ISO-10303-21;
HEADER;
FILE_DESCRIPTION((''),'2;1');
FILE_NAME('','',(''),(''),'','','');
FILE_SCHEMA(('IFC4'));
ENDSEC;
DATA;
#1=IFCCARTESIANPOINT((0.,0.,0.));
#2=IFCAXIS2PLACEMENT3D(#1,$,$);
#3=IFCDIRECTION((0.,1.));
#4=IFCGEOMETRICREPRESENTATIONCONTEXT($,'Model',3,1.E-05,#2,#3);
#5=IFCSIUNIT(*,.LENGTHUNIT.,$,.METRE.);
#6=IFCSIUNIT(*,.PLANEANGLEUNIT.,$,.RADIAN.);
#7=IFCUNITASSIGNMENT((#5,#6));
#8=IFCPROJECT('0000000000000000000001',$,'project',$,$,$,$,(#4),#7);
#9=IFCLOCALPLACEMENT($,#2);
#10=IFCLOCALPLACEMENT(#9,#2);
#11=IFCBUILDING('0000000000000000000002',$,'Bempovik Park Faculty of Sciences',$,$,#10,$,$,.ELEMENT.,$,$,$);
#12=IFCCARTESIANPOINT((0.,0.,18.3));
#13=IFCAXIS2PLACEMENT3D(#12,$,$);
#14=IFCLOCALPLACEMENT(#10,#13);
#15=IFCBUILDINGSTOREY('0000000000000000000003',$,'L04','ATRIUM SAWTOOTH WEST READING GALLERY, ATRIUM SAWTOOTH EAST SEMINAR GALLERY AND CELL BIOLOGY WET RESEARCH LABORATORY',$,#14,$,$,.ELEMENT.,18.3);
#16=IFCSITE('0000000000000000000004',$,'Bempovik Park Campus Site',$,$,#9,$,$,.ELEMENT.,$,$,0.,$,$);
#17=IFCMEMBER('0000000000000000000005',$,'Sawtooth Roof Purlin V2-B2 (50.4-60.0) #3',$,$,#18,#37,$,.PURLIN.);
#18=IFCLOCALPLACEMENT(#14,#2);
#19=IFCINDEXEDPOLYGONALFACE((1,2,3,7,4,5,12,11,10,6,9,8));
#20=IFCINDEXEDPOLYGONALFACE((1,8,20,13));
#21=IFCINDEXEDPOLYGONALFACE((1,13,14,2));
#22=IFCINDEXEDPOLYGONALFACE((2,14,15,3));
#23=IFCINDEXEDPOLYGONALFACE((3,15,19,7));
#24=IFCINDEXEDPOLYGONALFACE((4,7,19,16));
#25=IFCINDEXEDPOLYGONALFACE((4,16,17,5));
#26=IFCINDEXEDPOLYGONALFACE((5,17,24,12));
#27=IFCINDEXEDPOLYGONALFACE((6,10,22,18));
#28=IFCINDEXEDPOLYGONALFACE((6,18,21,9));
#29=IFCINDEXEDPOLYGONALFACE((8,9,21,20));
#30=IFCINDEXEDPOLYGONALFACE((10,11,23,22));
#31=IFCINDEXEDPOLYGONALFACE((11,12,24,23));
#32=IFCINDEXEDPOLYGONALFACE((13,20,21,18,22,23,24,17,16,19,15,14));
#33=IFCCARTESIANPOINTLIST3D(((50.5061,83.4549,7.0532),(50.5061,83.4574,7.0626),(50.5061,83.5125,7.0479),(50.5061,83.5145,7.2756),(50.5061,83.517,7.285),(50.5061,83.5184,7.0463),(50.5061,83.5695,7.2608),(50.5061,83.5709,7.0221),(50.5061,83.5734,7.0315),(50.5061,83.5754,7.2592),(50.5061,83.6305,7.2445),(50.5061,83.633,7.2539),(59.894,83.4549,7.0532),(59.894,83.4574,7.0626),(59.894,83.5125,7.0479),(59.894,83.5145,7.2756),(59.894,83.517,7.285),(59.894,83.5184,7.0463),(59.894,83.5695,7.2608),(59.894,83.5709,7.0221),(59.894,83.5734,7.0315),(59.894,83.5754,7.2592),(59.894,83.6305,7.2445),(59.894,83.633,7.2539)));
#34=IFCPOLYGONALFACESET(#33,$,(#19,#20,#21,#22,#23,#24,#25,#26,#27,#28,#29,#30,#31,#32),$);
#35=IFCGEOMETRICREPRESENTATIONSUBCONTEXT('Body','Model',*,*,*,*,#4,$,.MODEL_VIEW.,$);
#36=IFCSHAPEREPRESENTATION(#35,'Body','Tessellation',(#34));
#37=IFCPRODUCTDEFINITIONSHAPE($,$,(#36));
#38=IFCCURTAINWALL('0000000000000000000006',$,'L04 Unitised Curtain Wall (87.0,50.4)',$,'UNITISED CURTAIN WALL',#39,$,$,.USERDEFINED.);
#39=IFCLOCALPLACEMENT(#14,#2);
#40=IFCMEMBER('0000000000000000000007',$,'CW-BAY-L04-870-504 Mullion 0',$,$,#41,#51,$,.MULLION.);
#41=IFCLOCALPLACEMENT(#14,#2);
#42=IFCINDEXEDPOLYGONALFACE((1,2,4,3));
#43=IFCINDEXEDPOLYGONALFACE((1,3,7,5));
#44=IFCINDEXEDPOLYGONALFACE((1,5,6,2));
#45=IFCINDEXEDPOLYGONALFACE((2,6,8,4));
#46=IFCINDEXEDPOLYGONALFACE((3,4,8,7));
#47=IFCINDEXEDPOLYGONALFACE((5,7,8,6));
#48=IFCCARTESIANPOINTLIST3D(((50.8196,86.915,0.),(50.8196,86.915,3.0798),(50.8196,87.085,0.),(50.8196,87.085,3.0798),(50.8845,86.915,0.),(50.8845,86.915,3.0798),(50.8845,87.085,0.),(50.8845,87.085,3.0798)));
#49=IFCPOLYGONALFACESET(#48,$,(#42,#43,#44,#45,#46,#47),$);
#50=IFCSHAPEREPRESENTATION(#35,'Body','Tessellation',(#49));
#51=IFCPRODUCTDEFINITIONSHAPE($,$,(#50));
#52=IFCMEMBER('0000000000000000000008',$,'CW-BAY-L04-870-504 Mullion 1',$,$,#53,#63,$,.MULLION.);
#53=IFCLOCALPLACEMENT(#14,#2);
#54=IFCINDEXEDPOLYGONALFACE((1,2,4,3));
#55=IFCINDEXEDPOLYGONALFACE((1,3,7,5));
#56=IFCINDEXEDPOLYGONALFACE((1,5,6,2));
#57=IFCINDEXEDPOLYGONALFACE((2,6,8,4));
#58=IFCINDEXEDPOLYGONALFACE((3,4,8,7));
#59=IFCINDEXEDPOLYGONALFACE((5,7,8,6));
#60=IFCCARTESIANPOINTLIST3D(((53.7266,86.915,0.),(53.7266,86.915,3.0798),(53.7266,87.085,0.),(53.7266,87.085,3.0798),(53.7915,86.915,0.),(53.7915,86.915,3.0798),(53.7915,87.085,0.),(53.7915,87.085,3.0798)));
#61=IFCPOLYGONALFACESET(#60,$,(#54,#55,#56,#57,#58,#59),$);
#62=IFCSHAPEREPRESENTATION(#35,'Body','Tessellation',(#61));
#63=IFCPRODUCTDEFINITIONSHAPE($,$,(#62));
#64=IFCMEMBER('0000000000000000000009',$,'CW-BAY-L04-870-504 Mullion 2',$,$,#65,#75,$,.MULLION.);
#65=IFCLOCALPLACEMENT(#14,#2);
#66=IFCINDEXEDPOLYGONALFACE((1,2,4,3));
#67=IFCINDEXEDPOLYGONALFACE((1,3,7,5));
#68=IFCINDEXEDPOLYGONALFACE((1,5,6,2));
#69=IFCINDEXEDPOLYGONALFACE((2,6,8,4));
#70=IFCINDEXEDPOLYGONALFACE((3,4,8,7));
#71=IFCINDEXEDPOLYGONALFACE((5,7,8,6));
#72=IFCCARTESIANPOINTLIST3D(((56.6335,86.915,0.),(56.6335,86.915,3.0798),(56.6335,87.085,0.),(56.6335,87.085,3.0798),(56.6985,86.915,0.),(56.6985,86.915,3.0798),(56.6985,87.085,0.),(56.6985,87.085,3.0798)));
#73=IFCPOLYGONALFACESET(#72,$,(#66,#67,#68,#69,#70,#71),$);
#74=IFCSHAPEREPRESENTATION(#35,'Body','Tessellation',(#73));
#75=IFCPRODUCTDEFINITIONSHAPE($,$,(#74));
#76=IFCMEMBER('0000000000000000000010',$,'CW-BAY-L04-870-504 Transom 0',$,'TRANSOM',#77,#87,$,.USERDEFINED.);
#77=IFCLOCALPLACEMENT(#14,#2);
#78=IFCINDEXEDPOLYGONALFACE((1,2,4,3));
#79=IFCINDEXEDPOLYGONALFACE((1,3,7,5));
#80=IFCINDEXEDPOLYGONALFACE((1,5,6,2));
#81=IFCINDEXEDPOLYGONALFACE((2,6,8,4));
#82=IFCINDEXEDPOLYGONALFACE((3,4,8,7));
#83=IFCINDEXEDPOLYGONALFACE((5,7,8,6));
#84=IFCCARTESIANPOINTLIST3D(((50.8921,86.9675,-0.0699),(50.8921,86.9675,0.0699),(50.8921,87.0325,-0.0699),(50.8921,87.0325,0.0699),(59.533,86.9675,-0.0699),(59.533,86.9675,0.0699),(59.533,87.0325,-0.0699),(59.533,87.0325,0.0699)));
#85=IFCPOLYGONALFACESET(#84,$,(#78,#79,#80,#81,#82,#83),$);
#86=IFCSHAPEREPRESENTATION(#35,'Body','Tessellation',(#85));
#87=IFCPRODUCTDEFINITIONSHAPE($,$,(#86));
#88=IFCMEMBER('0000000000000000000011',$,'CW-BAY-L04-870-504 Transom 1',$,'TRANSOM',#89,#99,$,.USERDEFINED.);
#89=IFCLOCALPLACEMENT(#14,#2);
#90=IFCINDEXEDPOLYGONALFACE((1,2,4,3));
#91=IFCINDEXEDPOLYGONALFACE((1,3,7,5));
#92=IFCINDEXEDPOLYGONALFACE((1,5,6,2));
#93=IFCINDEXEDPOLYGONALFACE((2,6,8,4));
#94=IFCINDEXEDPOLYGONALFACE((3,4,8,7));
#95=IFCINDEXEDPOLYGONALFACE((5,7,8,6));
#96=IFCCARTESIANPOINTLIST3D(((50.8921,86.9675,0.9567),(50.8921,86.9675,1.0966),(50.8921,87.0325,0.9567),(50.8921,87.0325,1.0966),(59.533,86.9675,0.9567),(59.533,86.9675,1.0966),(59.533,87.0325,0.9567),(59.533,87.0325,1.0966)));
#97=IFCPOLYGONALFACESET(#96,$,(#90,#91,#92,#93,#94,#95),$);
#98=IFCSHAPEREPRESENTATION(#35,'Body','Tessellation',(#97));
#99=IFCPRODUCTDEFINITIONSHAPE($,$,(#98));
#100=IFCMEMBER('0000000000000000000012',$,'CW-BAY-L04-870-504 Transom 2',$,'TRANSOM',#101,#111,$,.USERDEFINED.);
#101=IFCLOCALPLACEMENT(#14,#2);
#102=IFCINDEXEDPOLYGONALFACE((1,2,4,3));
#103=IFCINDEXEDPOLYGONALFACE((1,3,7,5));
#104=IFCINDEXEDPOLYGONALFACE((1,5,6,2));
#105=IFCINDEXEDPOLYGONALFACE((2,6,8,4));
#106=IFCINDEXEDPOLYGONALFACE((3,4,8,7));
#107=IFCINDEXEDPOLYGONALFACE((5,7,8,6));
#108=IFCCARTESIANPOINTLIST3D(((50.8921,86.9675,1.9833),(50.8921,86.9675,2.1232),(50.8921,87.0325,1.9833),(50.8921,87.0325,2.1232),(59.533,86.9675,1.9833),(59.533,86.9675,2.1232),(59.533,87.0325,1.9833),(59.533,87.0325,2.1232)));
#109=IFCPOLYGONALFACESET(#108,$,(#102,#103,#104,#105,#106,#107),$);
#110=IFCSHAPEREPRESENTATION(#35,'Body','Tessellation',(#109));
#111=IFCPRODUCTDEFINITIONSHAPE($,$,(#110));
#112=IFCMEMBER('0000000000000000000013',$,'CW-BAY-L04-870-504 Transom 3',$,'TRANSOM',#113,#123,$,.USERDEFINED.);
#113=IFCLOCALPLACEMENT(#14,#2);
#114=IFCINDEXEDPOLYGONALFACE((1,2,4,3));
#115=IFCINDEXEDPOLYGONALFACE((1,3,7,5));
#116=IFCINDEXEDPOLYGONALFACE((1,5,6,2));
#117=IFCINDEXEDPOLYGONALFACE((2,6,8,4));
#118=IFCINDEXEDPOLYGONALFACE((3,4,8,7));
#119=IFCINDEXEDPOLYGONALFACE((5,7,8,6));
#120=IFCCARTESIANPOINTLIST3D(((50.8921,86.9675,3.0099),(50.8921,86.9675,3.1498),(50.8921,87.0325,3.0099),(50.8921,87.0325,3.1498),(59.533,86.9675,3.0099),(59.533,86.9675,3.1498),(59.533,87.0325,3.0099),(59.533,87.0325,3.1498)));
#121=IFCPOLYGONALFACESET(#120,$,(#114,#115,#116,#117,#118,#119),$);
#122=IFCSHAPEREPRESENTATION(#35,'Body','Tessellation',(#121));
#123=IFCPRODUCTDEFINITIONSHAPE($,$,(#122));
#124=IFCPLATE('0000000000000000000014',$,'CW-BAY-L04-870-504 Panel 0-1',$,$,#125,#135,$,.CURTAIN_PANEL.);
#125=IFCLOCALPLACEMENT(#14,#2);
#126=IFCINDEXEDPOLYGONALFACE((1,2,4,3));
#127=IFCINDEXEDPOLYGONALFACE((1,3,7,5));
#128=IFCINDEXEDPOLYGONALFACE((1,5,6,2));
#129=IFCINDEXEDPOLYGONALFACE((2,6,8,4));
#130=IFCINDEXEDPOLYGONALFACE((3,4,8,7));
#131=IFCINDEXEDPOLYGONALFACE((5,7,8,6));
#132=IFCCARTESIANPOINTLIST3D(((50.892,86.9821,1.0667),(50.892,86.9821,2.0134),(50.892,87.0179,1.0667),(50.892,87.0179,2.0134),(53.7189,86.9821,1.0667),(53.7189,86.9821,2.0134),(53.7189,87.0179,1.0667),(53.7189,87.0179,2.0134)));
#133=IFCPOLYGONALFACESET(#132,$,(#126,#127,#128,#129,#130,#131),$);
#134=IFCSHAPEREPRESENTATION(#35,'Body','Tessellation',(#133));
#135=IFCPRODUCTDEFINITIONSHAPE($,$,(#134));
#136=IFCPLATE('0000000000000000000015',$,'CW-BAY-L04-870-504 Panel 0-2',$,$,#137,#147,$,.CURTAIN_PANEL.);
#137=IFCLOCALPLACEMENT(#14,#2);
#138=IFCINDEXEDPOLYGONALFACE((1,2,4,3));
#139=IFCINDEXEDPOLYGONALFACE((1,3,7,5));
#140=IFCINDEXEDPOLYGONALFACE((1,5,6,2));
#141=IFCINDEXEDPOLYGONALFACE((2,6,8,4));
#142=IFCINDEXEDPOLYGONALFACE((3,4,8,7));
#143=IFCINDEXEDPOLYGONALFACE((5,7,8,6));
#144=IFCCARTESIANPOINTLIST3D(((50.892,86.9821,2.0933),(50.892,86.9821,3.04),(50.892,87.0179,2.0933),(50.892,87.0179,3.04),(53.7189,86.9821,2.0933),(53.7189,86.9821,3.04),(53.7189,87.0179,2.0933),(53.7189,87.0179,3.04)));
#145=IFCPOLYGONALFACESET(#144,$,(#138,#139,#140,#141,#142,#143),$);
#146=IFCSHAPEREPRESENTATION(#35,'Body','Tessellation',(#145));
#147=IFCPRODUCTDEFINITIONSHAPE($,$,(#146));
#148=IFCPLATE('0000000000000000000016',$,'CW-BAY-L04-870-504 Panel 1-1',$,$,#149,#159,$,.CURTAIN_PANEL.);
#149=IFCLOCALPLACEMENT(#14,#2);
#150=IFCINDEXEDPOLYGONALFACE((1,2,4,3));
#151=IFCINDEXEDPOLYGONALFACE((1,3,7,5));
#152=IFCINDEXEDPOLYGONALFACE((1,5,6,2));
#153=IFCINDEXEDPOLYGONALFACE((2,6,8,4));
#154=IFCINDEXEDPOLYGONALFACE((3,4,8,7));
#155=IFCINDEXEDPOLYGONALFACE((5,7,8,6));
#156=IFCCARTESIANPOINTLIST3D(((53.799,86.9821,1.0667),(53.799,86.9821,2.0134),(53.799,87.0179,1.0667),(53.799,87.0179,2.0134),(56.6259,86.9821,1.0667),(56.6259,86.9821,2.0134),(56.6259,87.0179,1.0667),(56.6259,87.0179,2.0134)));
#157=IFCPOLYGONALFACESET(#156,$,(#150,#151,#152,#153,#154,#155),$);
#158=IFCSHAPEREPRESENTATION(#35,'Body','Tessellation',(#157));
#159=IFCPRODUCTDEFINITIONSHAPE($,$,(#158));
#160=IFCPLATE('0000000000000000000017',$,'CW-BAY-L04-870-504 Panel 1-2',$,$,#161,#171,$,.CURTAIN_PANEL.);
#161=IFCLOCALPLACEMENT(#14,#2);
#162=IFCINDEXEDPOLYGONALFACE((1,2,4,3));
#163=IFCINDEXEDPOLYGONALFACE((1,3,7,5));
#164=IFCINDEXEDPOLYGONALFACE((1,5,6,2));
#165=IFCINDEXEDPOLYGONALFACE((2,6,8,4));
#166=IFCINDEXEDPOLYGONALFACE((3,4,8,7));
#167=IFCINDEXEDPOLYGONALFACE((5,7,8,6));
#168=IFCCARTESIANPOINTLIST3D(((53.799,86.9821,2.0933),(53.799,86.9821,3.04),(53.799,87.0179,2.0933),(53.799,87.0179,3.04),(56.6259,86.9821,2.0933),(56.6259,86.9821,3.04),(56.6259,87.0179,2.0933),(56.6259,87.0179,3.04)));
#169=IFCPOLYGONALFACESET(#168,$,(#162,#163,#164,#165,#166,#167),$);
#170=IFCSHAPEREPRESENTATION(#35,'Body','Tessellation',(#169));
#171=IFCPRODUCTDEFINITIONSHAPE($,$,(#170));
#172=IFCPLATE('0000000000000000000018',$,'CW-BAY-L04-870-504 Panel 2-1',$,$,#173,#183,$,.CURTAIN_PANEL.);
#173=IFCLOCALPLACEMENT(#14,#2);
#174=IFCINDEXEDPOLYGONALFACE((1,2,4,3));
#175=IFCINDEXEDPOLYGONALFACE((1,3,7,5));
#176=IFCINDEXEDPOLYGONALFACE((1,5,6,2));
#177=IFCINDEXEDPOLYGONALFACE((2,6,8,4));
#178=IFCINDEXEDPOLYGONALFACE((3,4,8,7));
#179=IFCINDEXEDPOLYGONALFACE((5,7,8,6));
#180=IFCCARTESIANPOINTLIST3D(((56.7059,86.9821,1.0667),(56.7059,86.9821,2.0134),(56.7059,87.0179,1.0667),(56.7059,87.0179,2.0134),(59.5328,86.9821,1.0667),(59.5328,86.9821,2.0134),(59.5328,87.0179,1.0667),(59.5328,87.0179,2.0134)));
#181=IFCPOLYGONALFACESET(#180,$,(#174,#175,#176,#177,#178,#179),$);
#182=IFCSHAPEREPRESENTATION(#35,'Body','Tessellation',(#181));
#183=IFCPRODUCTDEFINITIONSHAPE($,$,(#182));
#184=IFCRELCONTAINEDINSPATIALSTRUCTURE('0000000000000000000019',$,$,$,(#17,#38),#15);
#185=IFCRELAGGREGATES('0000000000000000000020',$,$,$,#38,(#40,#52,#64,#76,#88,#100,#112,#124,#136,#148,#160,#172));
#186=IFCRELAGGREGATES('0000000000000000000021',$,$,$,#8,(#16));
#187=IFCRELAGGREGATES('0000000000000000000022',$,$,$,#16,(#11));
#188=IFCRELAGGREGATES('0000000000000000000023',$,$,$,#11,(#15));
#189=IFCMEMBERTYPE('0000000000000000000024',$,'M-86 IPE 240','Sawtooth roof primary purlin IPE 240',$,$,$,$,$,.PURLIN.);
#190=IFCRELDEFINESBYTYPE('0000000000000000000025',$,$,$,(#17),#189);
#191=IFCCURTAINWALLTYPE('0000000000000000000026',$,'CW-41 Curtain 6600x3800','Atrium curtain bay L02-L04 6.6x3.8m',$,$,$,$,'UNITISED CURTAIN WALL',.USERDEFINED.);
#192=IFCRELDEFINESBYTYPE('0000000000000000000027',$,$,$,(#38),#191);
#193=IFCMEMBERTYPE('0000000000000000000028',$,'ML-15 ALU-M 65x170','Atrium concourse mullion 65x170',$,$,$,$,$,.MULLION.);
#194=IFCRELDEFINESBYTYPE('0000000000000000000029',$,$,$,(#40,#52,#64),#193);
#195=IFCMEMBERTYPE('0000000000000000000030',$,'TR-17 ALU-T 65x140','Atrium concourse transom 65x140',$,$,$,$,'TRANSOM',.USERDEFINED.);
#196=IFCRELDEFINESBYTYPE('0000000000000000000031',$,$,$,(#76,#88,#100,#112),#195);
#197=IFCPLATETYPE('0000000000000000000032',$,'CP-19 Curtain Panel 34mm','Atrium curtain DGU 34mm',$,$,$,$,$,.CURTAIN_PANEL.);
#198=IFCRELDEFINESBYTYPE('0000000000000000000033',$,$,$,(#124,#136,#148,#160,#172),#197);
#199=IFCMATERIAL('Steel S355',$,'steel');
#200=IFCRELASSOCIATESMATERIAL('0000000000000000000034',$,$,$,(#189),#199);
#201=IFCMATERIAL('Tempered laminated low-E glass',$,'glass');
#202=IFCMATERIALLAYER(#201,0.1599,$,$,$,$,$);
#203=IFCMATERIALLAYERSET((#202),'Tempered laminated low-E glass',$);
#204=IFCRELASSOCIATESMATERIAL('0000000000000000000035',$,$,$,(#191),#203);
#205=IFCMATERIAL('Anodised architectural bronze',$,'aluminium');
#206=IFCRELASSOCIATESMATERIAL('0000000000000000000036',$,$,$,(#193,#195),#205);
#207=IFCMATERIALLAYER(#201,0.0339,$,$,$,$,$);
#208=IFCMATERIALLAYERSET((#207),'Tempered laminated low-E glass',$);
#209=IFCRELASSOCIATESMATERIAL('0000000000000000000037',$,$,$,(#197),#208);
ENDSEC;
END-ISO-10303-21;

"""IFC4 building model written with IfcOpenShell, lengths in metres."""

from ifc_helpers import new_model, si_unit, direction, frame, origin, origin_2d, place, context, subcontext, project, spatial, rectangle, i_section, extrude, material, layer, layer_set, material_profile, profile_set, type_object, element, aggregate, save


model = new_model("IFC4")

# Units and contexts
model_context = context("Model", 3, precision=1e-05, world=origin(), true_north=direction((0.0, 1.0)))
body_context = subcontext(model_context, "Body", "Model", "MODEL_VIEW")
ifc_project = project(units=[si_unit("LENGTHUNIT", "METRE"), si_unit("PLANEANGLEUNIT", "RADIAN")], contexts=[model_context])

# Site, building, storey
site_placement = place(None, origin())
site = spatial("IfcSite", under=ifc_project, at=site_placement, Name="Bempovik Park Campus Site", CompositionType="ELEMENT", RefElevation=0.0)
building_placement = place(site_placement, origin())
building = spatial("IfcBuilding", under=site, at=building_placement, Name="Bempovik Park Faculty of Sciences", CompositionType="ELEMENT")
storey_placement = place(building_placement, frame((0.0, 0.0, 18.3)))
storey = spatial("IfcBuildingStorey", under=building, at=storey_placement, Name="L04", Description="ATRIUM SAWTOOTH WEST READING GALLERY, ATRIUM SAWTOOTH EAST SEMINAR GALLERY AND CELL BIOLOGY WET RESEARCH LABORATORY", CompositionType="ELEMENT", Elevation=18.3)

# Shared definitions
ifc_material_1 = material(Name="Steel S355", Category="steel")

# Member
ifc_material_profile_1 = material_profile(ifc_material_1, i_section(OverallWidth=0.1201, OverallDepth=0.24, WebThickness=0.0061, FlangeThickness=0.0098, at=origin_2d()), Name="IPE 240")
ifc_profile_set_1 = profile_set([ifc_material_profile_1], Name="Steel S355")
member_type_1 = type_object("IfcMemberType", Name="M-86 IPE 240", Description="Sawtooth roof primary purlin IPE 240", PredefinedType="PURLIN", material=ifc_profile_set_1)
member_1_placement = place(storey_placement, frame((50.5061, 83.5439, 7.1536), z_axis=(1.0, 0.0, 0.0), x_axis=(0.0, 0.965926, -0.258819)))
element("IfcMember", 1, at=member_1_placement, inside=storey, type_object=member_type_1, Name="Sawtooth Roof Purlin V2-B2 (50.4-60.0) #3", PredefinedType="PURLIN", context=body_context, shape_type="SweptSolid", body=[
    extrude(i_section(OverallWidth=0.1201, OverallDepth=0.24, WebThickness=0.0061, FlangeThickness=0.0098, at=origin_2d()), origin(), (0.0, 0.0, 1.0), 9.3879),
])

# Curtain wall, members, plates
ifc_material_2 = material(Name="Tempered laminated low-E glass", Category="glass")
ifc_layer_1 = layer(ifc_material_2, 0.1599)
ifc_layer_set_1 = layer_set([ifc_layer_1], Name="Tempered laminated low-E glass")
curtain_wall_type = type_object("IfcCurtainWallType", Name="CW-41 Curtain 6600x3800", Description="Atrium curtain bay L02-L04 6.6x3.8m", ElementType="UNITISED CURTAIN WALL", PredefinedType="USERDEFINED", material=ifc_layer_set_1)
curtain_wall_placement = place(storey_placement, origin())
curtain_wall = element("IfcCurtainWall", 2, at=curtain_wall_placement, inside=storey, type_object=curtain_wall_type, Name="L04 Unitised Curtain Wall (87.0,50.4)", ObjectType="UNITISED CURTAIN WALL", PredefinedType="USERDEFINED")
ifc_material_3 = material(Name="Anodised architectural bronze", Category="aluminium")
ifc_material_profile_2 = material_profile(ifc_material_3, rectangle(XDim=0.0649, YDim=0.1699, at=origin_2d()), Name="ALU-M 65x170")
ifc_profile_set_2 = profile_set([ifc_material_profile_2], Name="Anodised architectural bronze")
member_type_2 = type_object("IfcMemberType", Name="ML-15 ALU-M 65x170", Description="Atrium concourse mullion 65x170", PredefinedType="MULLION", material=ifc_profile_set_2)
member_2_placement = place(storey_placement, frame((50.8521, 87.0, 0.0), z_axis=(0.0, 0.0, 1.0), x_axis=(1.0, 0.0, 0.0)))
member_2 = element("IfcMember", 3, at=member_2_placement, type_object=member_type_2, Name="CW-BAY-L04-870-504 Mullion 0", PredefinedType="MULLION", context=body_context, shape_type="SweptSolid", body=[
    extrude(rectangle(XDim=0.0649, YDim=0.1699, at=origin_2d()), origin(), (0.0, 0.0, 1.0), 3.0798),
])
member_3_placement = place(storey_placement, frame((53.759, 87.0, 0.0), z_axis=(0.0, 0.0, 1.0), x_axis=(1.0, 0.0, 0.0)))
member_3 = element("IfcMember", 4, at=member_3_placement, type_object=member_type_2, Name="CW-BAY-L04-870-504 Mullion 1", PredefinedType="MULLION", context=body_context, shape_type="SweptSolid", body=[
    extrude(rectangle(XDim=0.0649, YDim=0.1699, at=origin_2d()), origin(), (0.0, 0.0, 1.0), 3.0798),
])
member_4_placement = place(storey_placement, frame((56.666, 87.0, 0.0), z_axis=(0.0, 0.0, 1.0), x_axis=(1.0, 0.0, 0.0)))
member_4 = element("IfcMember", 5, at=member_4_placement, type_object=member_type_2, Name="CW-BAY-L04-870-504 Mullion 2", PredefinedType="MULLION", context=body_context, shape_type="SweptSolid", body=[
    extrude(rectangle(XDim=0.0649, YDim=0.1699, at=origin_2d()), origin(), (0.0, 0.0, 1.0), 3.0798),
])
ifc_material_profile_3 = material_profile(ifc_material_3, rectangle(XDim=0.0649, YDim=0.1399, at=origin_2d()), Name="ALU-T 65x140")
ifc_profile_set_3 = profile_set([ifc_material_profile_3], Name="Anodised architectural bronze")
member_type_3 = type_object("IfcMemberType", Name="TR-17 ALU-T 65x140", Description="Atrium concourse transom 65x140", ElementType="TRANSOM", PredefinedType="USERDEFINED", material=ifc_profile_set_3)
member_5_placement = place(storey_placement, frame((50.8921, 87.0, 0.0), z_axis=(1.0, 0.0, 0.0), x_axis=(0.0, 1.0, 0.0)))
member_5 = element("IfcMember", 6, at=member_5_placement, type_object=member_type_3, Name="CW-BAY-L04-870-504 Transom 0", ObjectType="TRANSOM", PredefinedType="USERDEFINED", context=body_context, shape_type="SweptSolid", body=[
    extrude(rectangle(XDim=0.0649, YDim=0.1399, at=origin_2d()), origin(), (0.0, 0.0, 1.0), 8.6409),
])
member_6_placement = place(storey_placement, frame((50.8921, 87.0, 1.0266), z_axis=(1.0, 0.0, 0.0), x_axis=(0.0, 1.0, 0.0)))
member_6 = element("IfcMember", 7, at=member_6_placement, type_object=member_type_3, Name="CW-BAY-L04-870-504 Transom 1", ObjectType="TRANSOM", PredefinedType="USERDEFINED", context=body_context, shape_type="SweptSolid", body=[
    extrude(rectangle(XDim=0.0649, YDim=0.1399, at=origin_2d()), origin(), (0.0, 0.0, 1.0), 8.6409),
])
member_7_placement = place(storey_placement, frame((50.8921, 87.0, 2.0532), z_axis=(1.0, 0.0, 0.0), x_axis=(0.0, 1.0, 0.0)))
member_7 = element("IfcMember", 8, at=member_7_placement, type_object=member_type_3, Name="CW-BAY-L04-870-504 Transom 2", ObjectType="TRANSOM", PredefinedType="USERDEFINED", context=body_context, shape_type="SweptSolid", body=[
    extrude(rectangle(XDim=0.0649, YDim=0.1399, at=origin_2d()), origin(), (0.0, 0.0, 1.0), 8.6409),
])
member_8_placement = place(storey_placement, frame((50.8921, 87.0, 3.0798), z_axis=(1.0, 0.0, 0.0), x_axis=(0.0, 1.0, 0.0)))
member_8 = element("IfcMember", 9, at=member_8_placement, type_object=member_type_3, Name="CW-BAY-L04-870-504 Transom 3", ObjectType="TRANSOM", PredefinedType="USERDEFINED", context=body_context, shape_type="SweptSolid", body=[
    extrude(rectangle(XDim=0.0649, YDim=0.1399, at=origin_2d()), origin(), (0.0, 0.0, 1.0), 8.6409),
])
ifc_layer_2 = layer(ifc_material_2, 0.0339)
ifc_layer_set_2 = layer_set([ifc_layer_2], Name="Tempered laminated low-E glass")
plate_type_1 = type_object("IfcPlateType", Name="CP-19 Curtain Panel 34mm", Description="Atrium curtain DGU 34mm", PredefinedType="CURTAIN_PANEL", material=ifc_layer_set_2)
plate_1_placement = place(storey_placement, frame((52.3054, 87.0, 1.0667), z_axis=(0.0, 0.0, 1.0), x_axis=(1.0, 0.0, 0.0)))
plate_1 = element("IfcPlate", 10, at=plate_1_placement, type_object=plate_type_1, Name="CW-BAY-L04-870-504 Panel 0-1", PredefinedType="CURTAIN_PANEL", context=body_context, shape_type="SweptSolid", body=[
    extrude(rectangle(XDim=2.8269, YDim=0.0359, at=origin_2d()), origin(), (0.0, 0.0, 1.0), 0.9468),
])
plate_2_placement = place(storey_placement, frame((52.3054, 87.0, 2.0933), z_axis=(0.0, 0.0, 1.0), x_axis=(1.0, 0.0, 0.0)))
plate_2 = element("IfcPlate", 11, at=plate_2_placement, type_object=plate_type_1, Name="CW-BAY-L04-870-504 Panel 0-2", PredefinedType="CURTAIN_PANEL", context=body_context, shape_type="SweptSolid", body=[
    extrude(rectangle(XDim=2.8269, YDim=0.0359, at=origin_2d()), origin(), (0.0, 0.0, 1.0), 0.9468),
])
plate_3_placement = place(storey_placement, frame((55.2124, 87.0, 1.0667), z_axis=(0.0, 0.0, 1.0), x_axis=(1.0, 0.0, 0.0)))
plate_3 = element("IfcPlate", 12, at=plate_3_placement, type_object=plate_type_1, Name="CW-BAY-L04-870-504 Panel 1-1", PredefinedType="CURTAIN_PANEL", context=body_context, shape_type="SweptSolid", body=[
    extrude(rectangle(XDim=2.8269, YDim=0.0359, at=origin_2d()), origin(), (0.0, 0.0, 1.0), 0.9468),
])
plate_4_placement = place(storey_placement, frame((55.2124, 87.0, 2.0933), z_axis=(0.0, 0.0, 1.0), x_axis=(1.0, 0.0, 0.0)))
plate_4 = element("IfcPlate", 13, at=plate_4_placement, type_object=plate_type_1, Name="CW-BAY-L04-870-504 Panel 1-2", PredefinedType="CURTAIN_PANEL", context=body_context, shape_type="SweptSolid", body=[
    extrude(rectangle(XDim=2.8269, YDim=0.0359, at=origin_2d()), origin(), (0.0, 0.0, 1.0), 0.9468),
])
plate_5_placement = place(storey_placement, frame((58.1194, 87.0, 1.0667), z_axis=(0.0, 0.0, 1.0), x_axis=(1.0, 0.0, 0.0)))
plate_5 = element("IfcPlate", 14, at=plate_5_placement, type_object=plate_type_1, Name="CW-BAY-L04-870-504 Panel 2-1", PredefinedType="CURTAIN_PANEL", context=body_context, shape_type="SweptSolid", body=[
    extrude(rectangle(XDim=2.8269, YDim=0.0359, at=origin_2d()), origin(), (0.0, 0.0, 1.0), 0.9468),
])
aggregate(curtain_wall, [member_2, member_3, member_4, member_5, member_6, member_7, member_8, plate_1, plate_2, plate_3, plate_4, plate_5])

save(model, "model.ifc")
